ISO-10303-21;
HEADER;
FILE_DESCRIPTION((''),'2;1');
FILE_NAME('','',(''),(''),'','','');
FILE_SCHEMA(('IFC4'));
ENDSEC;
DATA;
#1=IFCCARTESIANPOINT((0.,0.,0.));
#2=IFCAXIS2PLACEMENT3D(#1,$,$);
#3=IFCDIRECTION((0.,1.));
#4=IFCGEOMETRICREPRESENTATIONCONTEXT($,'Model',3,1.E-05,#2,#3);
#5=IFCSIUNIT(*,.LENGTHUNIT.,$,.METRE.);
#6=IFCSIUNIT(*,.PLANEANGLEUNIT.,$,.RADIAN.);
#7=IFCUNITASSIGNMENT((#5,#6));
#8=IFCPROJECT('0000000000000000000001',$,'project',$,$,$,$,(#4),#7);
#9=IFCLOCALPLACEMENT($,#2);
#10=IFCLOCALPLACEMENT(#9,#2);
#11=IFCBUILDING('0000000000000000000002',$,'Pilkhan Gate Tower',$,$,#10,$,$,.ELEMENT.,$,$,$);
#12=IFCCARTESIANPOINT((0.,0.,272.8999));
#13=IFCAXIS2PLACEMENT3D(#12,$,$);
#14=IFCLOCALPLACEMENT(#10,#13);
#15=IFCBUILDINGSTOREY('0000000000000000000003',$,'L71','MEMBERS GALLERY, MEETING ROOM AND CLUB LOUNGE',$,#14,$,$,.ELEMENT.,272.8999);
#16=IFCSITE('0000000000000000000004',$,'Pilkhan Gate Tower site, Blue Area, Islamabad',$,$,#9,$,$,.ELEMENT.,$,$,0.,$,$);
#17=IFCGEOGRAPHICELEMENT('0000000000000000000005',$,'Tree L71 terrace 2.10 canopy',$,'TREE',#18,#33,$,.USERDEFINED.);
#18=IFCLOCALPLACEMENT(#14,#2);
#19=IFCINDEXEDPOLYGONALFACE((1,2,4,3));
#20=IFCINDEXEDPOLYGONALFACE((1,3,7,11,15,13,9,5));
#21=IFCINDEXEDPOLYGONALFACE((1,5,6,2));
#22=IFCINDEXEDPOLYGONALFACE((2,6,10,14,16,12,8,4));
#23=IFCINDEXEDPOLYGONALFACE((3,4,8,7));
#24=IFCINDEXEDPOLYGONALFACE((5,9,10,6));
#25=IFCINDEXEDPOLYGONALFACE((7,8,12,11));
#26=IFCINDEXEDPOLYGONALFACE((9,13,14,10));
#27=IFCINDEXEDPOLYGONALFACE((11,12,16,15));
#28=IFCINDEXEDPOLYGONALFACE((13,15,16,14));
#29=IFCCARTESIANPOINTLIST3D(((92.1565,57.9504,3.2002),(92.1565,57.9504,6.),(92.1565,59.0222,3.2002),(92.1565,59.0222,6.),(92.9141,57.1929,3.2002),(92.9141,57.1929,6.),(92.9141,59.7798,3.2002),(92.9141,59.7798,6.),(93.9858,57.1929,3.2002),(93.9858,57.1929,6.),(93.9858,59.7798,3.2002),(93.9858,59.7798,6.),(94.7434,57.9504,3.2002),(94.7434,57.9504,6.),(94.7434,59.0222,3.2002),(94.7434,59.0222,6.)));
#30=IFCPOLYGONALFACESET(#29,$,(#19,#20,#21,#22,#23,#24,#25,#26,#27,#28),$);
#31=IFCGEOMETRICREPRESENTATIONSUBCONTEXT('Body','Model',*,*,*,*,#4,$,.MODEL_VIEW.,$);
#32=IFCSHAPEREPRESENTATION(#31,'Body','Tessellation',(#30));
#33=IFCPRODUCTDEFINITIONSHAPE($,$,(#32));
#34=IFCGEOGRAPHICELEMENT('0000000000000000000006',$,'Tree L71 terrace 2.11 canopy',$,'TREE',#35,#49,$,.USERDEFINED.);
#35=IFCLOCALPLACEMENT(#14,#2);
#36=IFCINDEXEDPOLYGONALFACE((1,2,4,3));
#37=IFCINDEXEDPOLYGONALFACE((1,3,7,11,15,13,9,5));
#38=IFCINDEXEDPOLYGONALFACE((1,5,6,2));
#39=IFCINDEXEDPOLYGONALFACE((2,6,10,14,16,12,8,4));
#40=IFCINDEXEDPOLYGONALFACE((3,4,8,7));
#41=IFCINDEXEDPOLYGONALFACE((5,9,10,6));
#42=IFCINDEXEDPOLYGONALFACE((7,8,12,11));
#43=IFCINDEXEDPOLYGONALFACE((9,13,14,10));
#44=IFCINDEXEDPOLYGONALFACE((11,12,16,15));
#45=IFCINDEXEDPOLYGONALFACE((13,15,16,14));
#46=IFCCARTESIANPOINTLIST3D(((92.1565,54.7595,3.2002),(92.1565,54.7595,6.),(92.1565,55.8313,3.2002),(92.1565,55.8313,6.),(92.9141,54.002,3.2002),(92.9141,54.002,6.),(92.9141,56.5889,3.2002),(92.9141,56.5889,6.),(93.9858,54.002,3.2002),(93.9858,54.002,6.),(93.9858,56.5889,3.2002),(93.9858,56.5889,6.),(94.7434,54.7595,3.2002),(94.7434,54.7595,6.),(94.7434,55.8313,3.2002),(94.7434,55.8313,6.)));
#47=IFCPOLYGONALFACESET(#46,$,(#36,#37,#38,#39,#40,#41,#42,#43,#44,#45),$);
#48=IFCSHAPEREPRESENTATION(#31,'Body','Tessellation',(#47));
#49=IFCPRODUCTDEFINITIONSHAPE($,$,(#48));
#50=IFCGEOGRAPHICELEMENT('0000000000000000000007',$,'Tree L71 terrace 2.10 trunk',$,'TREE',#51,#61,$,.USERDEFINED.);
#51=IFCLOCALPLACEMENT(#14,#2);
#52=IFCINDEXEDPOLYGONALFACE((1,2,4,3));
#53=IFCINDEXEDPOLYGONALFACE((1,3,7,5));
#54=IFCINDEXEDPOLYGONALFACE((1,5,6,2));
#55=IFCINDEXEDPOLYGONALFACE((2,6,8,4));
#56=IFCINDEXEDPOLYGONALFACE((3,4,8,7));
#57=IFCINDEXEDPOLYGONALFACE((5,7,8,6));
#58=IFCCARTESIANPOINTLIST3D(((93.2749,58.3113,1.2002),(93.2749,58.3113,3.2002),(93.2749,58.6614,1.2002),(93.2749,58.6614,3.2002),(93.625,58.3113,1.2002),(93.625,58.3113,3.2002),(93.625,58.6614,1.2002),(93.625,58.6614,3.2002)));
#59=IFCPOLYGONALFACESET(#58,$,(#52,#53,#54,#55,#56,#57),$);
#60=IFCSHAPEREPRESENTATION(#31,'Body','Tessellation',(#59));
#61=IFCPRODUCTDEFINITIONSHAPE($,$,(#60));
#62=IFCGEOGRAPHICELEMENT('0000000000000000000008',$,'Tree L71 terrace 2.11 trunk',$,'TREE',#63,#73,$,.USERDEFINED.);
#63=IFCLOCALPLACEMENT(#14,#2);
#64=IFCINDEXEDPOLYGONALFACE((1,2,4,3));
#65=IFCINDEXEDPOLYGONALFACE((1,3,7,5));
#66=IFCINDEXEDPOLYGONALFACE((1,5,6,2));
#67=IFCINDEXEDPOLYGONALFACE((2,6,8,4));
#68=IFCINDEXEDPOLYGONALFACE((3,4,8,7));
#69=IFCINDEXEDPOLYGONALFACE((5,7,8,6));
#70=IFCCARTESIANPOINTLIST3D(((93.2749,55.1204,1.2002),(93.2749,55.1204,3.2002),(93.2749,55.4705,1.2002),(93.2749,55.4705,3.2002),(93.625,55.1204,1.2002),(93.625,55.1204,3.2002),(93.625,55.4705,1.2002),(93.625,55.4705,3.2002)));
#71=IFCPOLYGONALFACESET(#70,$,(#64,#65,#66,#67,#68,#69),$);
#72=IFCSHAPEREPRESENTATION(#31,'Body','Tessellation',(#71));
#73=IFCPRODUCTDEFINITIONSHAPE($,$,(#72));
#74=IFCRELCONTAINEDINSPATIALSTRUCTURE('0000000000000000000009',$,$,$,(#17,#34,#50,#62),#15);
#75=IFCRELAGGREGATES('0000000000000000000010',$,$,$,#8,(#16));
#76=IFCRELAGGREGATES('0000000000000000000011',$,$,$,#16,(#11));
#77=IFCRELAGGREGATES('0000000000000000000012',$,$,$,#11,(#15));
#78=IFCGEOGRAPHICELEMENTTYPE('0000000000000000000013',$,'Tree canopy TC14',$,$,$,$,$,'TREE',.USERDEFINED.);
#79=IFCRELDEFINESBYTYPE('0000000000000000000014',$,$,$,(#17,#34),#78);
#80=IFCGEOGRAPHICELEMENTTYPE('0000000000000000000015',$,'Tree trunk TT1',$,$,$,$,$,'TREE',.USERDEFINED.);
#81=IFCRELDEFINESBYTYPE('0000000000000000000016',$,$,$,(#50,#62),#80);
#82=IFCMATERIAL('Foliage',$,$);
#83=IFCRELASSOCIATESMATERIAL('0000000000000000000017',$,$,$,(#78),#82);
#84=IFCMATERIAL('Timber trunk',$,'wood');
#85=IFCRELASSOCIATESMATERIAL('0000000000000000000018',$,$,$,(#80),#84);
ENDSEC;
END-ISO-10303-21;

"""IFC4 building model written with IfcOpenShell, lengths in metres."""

from ifc_helpers import new_model, si_unit, direction, frame, origin, origin_2d, place, context, subcontext, project, spatial, polyline, rectangle, outline, extrude, material, material_profile, profile_set, type_object, element, save


model = new_model("IFC4")

# Units and contexts
model_context = context("Model", 3, precision=1e-05, world=origin(), true_north=direction((0.0, 1.0)))
body_context = subcontext(model_context, "Body", "Model", "MODEL_VIEW")
ifc_project = project(units=[si_unit("LENGTHUNIT", "METRE"), si_unit("PLANEANGLEUNIT", "RADIAN")], contexts=[model_context])

# Site, building, storey
site_placement = place(None, origin())
site = spatial("IfcSite", under=ifc_project, at=site_placement, Name="Pilkhan Gate Tower site, Blue Area, Islamabad", CompositionType="ELEMENT", RefElevation=0.0)
building_placement = place(site_placement, origin())
building = spatial("IfcBuilding", under=site, at=building_placement, Name="Pilkhan Gate Tower", CompositionType="ELEMENT")
storey_placement = place(building_placement, frame((0.0, 0.0, 272.8999)))
storey = spatial("IfcBuildingStorey", under=building, at=storey_placement, Name="L71", Description="MEMBERS GALLERY, MEETING ROOM AND CLUB LOUNGE", CompositionType="ELEMENT", Elevation=272.8999)

# Geographic elements
ifc_material_1 = material(Name="Foliage")
ifc_material_profile_1 = material_profile(ifc_material_1, outline(polyline([(1.2935, 0.5359), (0.5359, 1.2935), (-0.5359, 1.2935), (-1.2935, 0.5359), (-1.2935, -0.5359), (-0.5359, -1.2935), (0.5359, -1.2935), (1.2935, -0.5359), (1.2935, 0.5359)])), Name="Canopy D2.8")
ifc_profile_set_1 = profile_set([ifc_material_profile_1], Name="Foliage")
geographic_element_type_1 = type_object("IfcGeographicElementType", Name="Tree canopy TC14", ElementType="TREE", PredefinedType="USERDEFINED", material=ifc_profile_set_1)
for number, where, z_axis, x_axis, name in (
    (1, (93.45, 58.4863, 3.2002), (0.0, 0.0, 1.0), (1.0, 0.0, 0.0), "Tree L71 terrace 2.10 canopy"),
    (2, (93.45, 55.2954, 3.2002), (0.0, 0.0, 1.0), (1.0, 0.0, 0.0), "Tree L71 terrace 2.11 canopy"),
):
    element("IfcGeographicElement", number, at=place(storey_placement, frame(where, z_axis=z_axis, x_axis=x_axis)), inside=storey, type_object=geographic_element_type_1, Name=name, ObjectType="TREE", PredefinedType="USERDEFINED", context=body_context, shape_type="SweptSolid", body=[
        extrude(outline(polyline([(1.2935, 0.5359), (0.5359, 1.2935), (-0.5359, 1.2935), (-1.2935, 0.5359), (-1.2935, -0.5359), (-0.5359, -1.2935), (0.5359, -1.2935), (1.2935, -0.5359), (1.2935, 0.5359)])), origin(), (0.0, 0.0, 1.0), 2.7998),
    ])
ifc_material_2 = material(Name="Timber trunk", Category="wood")
geographic_element_type_2 = type_object("IfcGeographicElementType", Name="Tree trunk TT1", ElementType="TREE", PredefinedType="USERDEFINED", material=ifc_material_2)
for number, where, z_axis, x_axis, name in (
    (3, (93.45, 58.4863, 1.2002), (0.0, 0.0, 1.0), (1.0, 0.0, 0.0), "Tree L71 terrace 2.10 trunk"),
    (4, (93.45, 55.2954, 1.2002), (0.0, 0.0, 1.0), (1.0, 0.0, 0.0), "Tree L71 terrace 2.11 trunk"),
):
    element("IfcGeographicElement", number, at=place(storey_placement, frame(where, z_axis=z_axis, x_axis=x_axis)), inside=storey, type_object=geographic_element_type_2, Name=name, ObjectType="TREE", PredefinedType="USERDEFINED", context=body_context, shape_type="SweptSolid", body=[
        extrude(rectangle(XDim=0.3501, YDim=0.3501, at=origin_2d()), origin(), (0.0, 0.0, 1.0), 2.0),
    ])

save(model, "model.ifc")
